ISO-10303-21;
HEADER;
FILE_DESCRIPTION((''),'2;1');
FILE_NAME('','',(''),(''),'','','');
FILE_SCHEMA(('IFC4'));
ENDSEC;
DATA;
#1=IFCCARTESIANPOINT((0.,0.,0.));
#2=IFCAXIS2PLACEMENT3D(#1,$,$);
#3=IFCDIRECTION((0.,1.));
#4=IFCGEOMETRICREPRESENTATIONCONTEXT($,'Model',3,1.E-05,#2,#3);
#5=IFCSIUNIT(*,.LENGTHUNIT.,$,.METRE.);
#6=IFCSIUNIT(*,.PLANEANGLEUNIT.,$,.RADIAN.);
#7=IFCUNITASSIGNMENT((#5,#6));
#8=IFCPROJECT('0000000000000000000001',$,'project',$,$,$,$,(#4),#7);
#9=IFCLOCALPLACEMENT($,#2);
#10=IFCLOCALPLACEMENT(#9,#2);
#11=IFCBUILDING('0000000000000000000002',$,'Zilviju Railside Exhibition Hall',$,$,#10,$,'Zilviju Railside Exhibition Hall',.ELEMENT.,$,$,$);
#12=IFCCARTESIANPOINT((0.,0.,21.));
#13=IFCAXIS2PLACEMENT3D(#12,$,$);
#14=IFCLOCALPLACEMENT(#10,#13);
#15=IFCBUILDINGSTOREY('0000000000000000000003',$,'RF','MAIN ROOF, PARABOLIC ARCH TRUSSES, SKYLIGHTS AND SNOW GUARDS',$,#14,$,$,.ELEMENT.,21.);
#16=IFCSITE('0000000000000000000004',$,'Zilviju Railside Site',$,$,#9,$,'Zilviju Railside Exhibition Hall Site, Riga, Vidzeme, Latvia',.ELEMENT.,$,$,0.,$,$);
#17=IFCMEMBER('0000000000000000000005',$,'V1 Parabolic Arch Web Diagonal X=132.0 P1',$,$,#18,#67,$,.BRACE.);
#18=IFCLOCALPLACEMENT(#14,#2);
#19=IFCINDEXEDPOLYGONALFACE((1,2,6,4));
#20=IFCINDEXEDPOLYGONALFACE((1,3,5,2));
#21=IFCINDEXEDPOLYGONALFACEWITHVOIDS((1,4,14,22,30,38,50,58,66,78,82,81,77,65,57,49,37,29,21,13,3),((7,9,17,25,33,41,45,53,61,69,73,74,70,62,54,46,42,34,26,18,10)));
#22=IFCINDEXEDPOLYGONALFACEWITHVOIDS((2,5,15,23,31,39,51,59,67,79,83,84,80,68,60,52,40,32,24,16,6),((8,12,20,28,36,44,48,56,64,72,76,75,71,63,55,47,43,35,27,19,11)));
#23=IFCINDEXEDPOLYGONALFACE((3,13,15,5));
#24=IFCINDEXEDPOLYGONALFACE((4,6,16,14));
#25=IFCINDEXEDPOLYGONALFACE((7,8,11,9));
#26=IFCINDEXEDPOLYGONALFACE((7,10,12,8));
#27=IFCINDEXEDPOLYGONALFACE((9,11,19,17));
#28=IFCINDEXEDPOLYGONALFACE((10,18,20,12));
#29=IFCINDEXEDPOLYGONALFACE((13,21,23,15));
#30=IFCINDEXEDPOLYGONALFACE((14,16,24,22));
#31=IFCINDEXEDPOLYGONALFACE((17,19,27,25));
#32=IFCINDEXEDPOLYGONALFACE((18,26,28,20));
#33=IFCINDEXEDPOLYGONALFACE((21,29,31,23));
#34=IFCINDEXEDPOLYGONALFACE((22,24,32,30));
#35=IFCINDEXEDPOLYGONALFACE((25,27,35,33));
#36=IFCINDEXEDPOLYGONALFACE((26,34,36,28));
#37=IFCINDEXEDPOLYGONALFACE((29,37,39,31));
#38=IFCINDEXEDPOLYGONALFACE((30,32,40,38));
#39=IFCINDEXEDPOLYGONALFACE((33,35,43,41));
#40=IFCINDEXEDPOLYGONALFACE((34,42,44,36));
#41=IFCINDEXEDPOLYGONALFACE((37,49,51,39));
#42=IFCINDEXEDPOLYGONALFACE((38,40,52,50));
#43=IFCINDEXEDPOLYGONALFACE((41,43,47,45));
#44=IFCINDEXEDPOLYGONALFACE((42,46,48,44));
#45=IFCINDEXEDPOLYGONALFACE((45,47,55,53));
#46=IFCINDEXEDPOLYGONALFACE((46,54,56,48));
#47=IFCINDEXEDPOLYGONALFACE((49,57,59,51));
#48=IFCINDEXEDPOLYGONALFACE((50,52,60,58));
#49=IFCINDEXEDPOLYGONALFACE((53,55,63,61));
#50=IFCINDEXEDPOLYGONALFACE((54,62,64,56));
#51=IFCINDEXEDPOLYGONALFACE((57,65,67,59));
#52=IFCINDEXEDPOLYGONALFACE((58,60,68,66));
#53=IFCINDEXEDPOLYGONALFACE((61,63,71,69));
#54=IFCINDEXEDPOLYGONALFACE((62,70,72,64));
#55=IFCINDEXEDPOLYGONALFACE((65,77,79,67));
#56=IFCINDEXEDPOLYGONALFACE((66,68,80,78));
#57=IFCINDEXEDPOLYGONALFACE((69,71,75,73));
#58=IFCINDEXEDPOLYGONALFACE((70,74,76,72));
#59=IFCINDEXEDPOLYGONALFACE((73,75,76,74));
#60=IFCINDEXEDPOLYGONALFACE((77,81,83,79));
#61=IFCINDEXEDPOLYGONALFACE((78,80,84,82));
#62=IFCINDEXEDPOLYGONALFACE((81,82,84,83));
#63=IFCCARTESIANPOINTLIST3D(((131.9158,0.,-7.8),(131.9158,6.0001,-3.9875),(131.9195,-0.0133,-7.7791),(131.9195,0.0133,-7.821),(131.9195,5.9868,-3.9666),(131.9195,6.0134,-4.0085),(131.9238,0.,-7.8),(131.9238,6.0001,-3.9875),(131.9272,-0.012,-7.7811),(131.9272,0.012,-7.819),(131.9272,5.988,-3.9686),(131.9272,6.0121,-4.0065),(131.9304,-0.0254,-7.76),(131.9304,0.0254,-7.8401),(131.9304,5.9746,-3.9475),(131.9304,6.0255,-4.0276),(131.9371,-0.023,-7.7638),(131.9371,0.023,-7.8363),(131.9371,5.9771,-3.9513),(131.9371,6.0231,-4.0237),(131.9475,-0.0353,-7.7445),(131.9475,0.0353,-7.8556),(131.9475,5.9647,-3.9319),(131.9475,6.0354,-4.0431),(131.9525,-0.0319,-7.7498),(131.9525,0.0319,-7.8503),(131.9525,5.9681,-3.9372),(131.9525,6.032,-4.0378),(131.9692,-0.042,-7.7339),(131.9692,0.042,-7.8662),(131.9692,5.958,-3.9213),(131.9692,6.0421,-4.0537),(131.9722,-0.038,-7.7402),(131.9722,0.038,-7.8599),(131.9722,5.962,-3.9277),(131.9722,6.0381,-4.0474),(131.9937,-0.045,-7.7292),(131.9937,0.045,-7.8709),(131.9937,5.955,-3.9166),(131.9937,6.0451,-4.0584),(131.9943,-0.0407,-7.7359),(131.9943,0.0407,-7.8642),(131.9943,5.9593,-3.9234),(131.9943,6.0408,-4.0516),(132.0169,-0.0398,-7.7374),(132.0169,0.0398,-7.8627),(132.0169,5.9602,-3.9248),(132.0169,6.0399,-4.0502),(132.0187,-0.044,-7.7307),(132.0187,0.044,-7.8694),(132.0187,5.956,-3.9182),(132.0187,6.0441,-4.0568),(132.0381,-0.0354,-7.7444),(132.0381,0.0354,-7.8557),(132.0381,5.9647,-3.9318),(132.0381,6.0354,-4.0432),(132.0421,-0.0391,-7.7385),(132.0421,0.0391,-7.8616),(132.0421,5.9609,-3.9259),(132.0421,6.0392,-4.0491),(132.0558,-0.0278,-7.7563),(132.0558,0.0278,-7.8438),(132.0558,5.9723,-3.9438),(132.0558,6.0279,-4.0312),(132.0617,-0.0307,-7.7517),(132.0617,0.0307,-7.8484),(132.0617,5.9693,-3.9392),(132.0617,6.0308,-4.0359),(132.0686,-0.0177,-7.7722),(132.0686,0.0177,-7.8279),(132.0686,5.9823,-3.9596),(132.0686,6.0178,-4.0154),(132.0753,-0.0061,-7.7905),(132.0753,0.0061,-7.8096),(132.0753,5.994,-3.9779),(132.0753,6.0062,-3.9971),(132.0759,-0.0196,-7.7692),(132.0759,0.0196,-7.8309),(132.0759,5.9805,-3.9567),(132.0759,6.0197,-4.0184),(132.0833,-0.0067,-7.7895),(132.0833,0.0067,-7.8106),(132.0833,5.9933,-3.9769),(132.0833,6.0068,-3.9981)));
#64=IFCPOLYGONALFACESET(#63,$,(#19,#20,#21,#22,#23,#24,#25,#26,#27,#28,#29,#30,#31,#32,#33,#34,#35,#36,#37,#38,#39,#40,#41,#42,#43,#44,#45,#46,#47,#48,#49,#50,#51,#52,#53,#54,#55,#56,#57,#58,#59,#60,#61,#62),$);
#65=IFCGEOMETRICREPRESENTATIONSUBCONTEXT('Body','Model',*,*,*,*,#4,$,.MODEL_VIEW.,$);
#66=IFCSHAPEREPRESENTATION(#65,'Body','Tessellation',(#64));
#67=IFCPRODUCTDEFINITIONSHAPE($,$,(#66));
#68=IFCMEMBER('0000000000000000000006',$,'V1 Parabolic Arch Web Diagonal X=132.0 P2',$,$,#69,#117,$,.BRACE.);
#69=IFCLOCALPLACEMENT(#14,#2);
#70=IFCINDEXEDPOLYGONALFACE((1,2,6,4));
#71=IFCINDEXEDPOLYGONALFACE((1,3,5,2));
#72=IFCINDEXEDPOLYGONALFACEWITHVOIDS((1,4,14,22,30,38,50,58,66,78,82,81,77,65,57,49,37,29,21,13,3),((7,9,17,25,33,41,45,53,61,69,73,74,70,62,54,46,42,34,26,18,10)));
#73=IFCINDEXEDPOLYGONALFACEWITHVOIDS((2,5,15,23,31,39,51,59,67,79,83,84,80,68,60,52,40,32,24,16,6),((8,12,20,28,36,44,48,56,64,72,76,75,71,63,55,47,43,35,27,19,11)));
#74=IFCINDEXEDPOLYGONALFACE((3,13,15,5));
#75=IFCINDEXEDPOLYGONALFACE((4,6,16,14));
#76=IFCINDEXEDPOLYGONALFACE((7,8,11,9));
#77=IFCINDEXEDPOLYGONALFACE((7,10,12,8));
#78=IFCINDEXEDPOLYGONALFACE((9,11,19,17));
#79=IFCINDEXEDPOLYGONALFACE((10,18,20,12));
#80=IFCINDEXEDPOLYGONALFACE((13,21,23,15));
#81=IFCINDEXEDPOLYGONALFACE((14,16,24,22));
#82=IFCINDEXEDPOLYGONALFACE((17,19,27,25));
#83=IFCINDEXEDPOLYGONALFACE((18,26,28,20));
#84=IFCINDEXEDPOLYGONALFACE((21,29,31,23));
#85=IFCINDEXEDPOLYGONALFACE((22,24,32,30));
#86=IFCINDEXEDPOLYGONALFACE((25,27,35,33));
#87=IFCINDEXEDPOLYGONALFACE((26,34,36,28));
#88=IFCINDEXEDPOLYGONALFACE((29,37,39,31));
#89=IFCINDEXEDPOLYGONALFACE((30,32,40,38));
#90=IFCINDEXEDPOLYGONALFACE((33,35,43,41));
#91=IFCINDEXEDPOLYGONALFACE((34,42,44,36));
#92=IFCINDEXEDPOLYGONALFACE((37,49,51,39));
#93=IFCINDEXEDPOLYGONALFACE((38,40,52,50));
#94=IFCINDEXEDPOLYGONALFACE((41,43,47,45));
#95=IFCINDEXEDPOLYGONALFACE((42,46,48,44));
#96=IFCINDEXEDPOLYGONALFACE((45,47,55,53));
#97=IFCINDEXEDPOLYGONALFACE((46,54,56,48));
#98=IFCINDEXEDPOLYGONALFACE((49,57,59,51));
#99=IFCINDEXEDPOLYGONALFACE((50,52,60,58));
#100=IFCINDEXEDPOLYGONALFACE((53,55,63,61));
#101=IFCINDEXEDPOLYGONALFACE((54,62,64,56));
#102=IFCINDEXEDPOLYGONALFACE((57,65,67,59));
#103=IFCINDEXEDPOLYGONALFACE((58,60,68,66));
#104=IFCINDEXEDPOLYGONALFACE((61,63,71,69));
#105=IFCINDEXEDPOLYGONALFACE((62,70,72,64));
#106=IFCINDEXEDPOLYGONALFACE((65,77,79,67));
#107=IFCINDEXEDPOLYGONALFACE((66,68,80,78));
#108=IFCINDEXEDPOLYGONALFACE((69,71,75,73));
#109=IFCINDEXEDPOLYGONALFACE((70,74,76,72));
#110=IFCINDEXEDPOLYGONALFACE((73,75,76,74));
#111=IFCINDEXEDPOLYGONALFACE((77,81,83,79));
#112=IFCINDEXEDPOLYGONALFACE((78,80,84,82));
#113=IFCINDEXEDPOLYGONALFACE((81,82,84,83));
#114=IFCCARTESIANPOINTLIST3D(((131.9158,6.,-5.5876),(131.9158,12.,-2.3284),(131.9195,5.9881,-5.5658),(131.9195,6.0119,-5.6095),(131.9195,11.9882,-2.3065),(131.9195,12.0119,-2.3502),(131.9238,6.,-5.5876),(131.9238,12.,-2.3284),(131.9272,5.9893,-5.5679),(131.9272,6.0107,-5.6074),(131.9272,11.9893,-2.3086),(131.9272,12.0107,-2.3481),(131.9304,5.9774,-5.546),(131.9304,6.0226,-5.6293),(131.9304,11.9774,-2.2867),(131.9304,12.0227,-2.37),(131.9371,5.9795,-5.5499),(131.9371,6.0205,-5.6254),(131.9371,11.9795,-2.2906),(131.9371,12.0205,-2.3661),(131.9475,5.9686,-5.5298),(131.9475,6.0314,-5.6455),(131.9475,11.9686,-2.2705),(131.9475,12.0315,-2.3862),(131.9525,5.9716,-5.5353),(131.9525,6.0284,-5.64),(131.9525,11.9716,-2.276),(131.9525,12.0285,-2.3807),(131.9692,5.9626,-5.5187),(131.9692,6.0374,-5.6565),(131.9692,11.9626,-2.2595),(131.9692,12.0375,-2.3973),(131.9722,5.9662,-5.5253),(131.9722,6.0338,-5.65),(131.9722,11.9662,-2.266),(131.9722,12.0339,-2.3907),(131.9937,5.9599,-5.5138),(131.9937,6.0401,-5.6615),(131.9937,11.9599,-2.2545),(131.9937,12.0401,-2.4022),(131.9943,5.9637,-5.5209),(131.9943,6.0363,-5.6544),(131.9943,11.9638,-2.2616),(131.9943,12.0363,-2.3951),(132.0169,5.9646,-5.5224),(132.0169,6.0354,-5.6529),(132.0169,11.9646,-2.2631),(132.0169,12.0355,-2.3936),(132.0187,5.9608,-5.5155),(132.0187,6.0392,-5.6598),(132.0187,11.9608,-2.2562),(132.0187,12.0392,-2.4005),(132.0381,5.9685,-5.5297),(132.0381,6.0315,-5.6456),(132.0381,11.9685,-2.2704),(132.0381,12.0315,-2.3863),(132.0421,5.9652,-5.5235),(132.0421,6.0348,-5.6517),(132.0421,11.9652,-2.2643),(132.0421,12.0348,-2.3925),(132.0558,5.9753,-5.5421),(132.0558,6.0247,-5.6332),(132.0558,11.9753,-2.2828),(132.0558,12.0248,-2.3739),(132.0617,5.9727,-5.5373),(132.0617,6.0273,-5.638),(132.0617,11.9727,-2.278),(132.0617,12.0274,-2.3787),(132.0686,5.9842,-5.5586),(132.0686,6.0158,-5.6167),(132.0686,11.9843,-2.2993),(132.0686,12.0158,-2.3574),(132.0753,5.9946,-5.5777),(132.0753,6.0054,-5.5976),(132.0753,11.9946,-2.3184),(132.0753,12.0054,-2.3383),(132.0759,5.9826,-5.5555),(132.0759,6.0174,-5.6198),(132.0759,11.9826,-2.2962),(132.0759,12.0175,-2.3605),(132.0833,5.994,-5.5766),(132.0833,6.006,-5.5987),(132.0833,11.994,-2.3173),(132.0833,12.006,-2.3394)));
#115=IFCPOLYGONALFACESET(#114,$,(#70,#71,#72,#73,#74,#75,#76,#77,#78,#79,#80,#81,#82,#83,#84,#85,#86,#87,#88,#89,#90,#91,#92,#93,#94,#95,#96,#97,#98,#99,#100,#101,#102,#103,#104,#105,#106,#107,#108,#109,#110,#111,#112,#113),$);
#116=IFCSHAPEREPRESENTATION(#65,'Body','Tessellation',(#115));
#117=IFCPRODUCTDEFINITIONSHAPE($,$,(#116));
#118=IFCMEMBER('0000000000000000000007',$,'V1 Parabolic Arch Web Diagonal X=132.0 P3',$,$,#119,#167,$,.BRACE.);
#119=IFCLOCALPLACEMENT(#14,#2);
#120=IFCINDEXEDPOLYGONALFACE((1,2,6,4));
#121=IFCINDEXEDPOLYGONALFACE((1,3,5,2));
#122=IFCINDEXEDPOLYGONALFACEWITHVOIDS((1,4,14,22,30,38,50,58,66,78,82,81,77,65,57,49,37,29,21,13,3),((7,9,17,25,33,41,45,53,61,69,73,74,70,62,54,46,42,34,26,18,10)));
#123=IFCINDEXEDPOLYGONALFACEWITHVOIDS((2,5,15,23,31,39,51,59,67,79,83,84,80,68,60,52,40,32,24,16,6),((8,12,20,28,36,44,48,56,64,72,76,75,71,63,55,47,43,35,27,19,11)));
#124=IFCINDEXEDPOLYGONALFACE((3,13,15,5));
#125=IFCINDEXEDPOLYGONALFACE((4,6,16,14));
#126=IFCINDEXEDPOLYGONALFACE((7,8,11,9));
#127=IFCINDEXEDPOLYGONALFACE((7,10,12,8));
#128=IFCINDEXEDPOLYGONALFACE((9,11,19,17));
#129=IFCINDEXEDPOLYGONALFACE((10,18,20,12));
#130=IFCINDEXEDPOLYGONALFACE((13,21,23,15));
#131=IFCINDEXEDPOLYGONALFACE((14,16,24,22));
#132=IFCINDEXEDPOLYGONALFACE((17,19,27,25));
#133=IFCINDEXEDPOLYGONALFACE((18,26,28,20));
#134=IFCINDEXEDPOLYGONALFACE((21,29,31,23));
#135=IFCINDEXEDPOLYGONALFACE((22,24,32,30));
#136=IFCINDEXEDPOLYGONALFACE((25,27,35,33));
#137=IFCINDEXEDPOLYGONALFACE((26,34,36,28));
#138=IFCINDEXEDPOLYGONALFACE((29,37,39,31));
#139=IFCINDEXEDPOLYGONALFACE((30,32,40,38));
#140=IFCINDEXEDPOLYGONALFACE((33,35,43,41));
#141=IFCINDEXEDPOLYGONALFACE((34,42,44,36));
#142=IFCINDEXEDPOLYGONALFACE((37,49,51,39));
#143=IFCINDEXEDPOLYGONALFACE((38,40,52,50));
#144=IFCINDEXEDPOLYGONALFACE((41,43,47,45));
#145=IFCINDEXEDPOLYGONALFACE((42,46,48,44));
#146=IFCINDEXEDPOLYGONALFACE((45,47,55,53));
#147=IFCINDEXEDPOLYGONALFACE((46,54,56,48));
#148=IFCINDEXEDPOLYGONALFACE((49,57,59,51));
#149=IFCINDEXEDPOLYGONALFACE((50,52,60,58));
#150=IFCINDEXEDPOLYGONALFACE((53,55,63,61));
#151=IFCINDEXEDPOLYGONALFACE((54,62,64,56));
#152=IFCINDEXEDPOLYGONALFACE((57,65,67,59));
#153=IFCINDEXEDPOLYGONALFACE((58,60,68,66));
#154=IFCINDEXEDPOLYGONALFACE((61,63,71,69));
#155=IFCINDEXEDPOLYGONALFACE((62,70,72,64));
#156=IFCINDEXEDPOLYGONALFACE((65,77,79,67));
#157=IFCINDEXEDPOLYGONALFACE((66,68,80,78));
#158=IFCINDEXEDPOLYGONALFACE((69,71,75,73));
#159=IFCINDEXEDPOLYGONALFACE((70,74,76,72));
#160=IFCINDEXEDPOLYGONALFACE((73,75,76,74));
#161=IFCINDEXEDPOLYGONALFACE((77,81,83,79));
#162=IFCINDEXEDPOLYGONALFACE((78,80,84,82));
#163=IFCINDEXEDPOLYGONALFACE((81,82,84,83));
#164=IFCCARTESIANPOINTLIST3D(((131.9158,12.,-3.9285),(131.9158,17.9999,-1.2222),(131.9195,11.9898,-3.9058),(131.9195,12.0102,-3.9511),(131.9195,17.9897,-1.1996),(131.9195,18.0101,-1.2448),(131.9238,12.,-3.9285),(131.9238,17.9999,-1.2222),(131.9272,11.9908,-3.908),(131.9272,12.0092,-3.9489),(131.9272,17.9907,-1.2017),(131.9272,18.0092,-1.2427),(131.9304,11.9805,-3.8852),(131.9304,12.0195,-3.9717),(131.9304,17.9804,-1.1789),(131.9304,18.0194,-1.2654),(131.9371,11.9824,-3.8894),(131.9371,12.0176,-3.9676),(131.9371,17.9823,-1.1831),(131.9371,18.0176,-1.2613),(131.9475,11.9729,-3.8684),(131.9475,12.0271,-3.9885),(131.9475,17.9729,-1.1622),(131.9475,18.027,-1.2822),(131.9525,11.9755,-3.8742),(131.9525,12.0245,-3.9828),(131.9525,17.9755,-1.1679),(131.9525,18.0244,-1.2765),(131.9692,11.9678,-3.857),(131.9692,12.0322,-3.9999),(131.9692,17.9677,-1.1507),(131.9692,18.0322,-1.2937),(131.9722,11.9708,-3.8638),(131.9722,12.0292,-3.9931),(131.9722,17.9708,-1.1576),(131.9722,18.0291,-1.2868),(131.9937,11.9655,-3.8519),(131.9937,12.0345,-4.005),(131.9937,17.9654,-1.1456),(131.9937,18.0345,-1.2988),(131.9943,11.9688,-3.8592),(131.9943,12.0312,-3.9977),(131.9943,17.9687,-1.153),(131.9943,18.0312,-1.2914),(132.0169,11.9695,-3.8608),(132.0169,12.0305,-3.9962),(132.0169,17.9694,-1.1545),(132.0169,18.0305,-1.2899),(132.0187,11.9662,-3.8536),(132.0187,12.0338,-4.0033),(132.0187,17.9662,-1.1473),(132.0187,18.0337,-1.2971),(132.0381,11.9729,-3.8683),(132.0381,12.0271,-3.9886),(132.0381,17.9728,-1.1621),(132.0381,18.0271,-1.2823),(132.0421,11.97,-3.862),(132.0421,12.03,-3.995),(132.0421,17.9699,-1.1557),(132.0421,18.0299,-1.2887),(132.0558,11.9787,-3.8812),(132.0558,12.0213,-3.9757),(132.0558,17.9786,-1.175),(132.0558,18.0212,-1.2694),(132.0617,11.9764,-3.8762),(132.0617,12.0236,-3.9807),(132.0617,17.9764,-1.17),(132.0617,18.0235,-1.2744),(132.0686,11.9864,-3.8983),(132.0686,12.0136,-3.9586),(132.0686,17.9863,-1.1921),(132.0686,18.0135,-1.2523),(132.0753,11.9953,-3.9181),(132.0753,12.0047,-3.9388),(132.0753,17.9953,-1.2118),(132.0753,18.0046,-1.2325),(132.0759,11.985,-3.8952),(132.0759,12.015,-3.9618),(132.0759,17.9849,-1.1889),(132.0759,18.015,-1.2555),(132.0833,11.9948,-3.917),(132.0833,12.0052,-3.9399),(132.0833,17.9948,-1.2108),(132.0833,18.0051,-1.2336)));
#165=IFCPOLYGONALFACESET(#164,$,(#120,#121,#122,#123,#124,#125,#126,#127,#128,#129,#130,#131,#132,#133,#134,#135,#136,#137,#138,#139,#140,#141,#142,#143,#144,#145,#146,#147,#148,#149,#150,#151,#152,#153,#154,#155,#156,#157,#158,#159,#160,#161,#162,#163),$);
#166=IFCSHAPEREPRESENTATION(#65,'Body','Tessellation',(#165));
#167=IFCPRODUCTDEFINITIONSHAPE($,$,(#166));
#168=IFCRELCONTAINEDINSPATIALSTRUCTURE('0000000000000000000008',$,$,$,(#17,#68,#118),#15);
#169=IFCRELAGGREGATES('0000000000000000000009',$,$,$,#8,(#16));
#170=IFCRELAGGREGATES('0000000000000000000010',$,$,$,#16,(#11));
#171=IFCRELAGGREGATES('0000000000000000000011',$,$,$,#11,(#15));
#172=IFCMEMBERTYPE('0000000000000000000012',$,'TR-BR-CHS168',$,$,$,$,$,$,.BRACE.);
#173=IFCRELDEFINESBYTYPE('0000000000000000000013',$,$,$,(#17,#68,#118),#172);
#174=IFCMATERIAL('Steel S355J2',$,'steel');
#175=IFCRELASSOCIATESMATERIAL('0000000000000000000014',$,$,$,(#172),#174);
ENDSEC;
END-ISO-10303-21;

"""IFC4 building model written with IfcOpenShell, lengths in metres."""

from ifc_helpers import new_model, si_unit, direction, frame, origin, origin_2d, place, context, subcontext, project, spatial, hollow_circle, extrude, material, material_profile, profile_set, type_object, element, save


model = new_model("IFC4")

# Units and contexts
model_context = context("Model", 3, precision=1e-05, world=origin(), true_north=direction((0.0, 1.0)))
body_context = subcontext(model_context, "Body", "Model", "MODEL_VIEW")
ifc_project = project(units=[si_unit("LENGTHUNIT", "METRE"), si_unit("PLANEANGLEUNIT", "RADIAN")], contexts=[model_context])

# Site, building, storey
site_placement = place(None, origin())
site = spatial("IfcSite", under=ifc_project, at=site_placement, Name="Zilviju Railside Site", LongName="Zilviju Railside Exhibition Hall Site, Riga, Vidzeme, Latvia", CompositionType="ELEMENT", RefElevation=0.0)
building_placement = place(site_placement, origin())
building = spatial("IfcBuilding", under=site, at=building_placement, Name="Zilviju Railside Exhibition Hall", LongName="Zilviju Railside Exhibition Hall", CompositionType="ELEMENT")
storey_placement = place(building_placement, frame((0.0, 0.0, 21.0)))
storey = spatial("IfcBuildingStorey", under=building, at=storey_placement, Name="RF", Description="MAIN ROOF, PARABOLIC ARCH TRUSSES, SKYLIGHTS AND SNOW GUARDS", CompositionType="ELEMENT", Elevation=21.0)

# Members
ifc_material_1 = material(Name="Steel S355J2", Category="steel")
ifc_material_profile_1 = material_profile(ifc_material_1, hollow_circle(Radius=0.0842, WallThickness=0.0081, at=origin_2d()), Name="CHS 168.3x8.0")
ifc_profile_set_1 = profile_set([ifc_material_profile_1], Name="Steel S355J2")
member_type_1 = type_object("IfcMemberType", Name="TR-BR-CHS168", PredefinedType="BRACE", material=ifc_profile_set_1)
member_1_placement = place(storey_placement, frame((132.0, 0.0, -7.8), z_axis=(0.0, 0.844023, 0.536306), x_axis=(-1.0, 0.0, 0.0)))
element("IfcMember", 1, at=member_1_placement, inside=storey, type_object=member_type_1, Name="V1 Parabolic Arch Web Diagonal X=132.0 P1", PredefinedType="BRACE", context=body_context, shape_type="SweptSolid", body=[
    extrude(hollow_circle(Radius=0.0842, WallThickness=0.0081, at=origin_2d()), origin(), (0.0, 0.0, 1.0), 7.1089),
])
member_2_placement = place(storey_placement, frame((132.0, 6.0, -5.5876), z_axis=(0.0, 0.878722, 0.477333), x_axis=(-1.0, 0.0, 0.0)))
element("IfcMember", 2, at=member_2_placement, inside=storey, type_object=member_type_1, Name="V1 Parabolic Arch Web Diagonal X=132.0 P2", PredefinedType="BRACE", context=body_context, shape_type="SweptSolid", body=[
    extrude(hollow_circle(Radius=0.0842, WallThickness=0.0081, at=origin_2d()), origin(), (0.0, 0.0, 1.0), 6.8281),
])
member_3_placement = place(storey_placement, frame((132.0, 12.0, -3.9285), z_axis=(0.0, 0.911563, 0.41116), x_axis=(-1.0, 0.0, 0.0)))
element("IfcMember", 3, at=member_3_placement, inside=storey, type_object=member_type_1, Name="V1 Parabolic Arch Web Diagonal X=132.0 P3", PredefinedType="BRACE", context=body_context, shape_type="SweptSolid", body=[
    extrude(hollow_circle(Radius=0.0842, WallThickness=0.0081, at=origin_2d()), origin(), (0.0, 0.0, 1.0), 6.582),
])

save(model, "model.ifc")
